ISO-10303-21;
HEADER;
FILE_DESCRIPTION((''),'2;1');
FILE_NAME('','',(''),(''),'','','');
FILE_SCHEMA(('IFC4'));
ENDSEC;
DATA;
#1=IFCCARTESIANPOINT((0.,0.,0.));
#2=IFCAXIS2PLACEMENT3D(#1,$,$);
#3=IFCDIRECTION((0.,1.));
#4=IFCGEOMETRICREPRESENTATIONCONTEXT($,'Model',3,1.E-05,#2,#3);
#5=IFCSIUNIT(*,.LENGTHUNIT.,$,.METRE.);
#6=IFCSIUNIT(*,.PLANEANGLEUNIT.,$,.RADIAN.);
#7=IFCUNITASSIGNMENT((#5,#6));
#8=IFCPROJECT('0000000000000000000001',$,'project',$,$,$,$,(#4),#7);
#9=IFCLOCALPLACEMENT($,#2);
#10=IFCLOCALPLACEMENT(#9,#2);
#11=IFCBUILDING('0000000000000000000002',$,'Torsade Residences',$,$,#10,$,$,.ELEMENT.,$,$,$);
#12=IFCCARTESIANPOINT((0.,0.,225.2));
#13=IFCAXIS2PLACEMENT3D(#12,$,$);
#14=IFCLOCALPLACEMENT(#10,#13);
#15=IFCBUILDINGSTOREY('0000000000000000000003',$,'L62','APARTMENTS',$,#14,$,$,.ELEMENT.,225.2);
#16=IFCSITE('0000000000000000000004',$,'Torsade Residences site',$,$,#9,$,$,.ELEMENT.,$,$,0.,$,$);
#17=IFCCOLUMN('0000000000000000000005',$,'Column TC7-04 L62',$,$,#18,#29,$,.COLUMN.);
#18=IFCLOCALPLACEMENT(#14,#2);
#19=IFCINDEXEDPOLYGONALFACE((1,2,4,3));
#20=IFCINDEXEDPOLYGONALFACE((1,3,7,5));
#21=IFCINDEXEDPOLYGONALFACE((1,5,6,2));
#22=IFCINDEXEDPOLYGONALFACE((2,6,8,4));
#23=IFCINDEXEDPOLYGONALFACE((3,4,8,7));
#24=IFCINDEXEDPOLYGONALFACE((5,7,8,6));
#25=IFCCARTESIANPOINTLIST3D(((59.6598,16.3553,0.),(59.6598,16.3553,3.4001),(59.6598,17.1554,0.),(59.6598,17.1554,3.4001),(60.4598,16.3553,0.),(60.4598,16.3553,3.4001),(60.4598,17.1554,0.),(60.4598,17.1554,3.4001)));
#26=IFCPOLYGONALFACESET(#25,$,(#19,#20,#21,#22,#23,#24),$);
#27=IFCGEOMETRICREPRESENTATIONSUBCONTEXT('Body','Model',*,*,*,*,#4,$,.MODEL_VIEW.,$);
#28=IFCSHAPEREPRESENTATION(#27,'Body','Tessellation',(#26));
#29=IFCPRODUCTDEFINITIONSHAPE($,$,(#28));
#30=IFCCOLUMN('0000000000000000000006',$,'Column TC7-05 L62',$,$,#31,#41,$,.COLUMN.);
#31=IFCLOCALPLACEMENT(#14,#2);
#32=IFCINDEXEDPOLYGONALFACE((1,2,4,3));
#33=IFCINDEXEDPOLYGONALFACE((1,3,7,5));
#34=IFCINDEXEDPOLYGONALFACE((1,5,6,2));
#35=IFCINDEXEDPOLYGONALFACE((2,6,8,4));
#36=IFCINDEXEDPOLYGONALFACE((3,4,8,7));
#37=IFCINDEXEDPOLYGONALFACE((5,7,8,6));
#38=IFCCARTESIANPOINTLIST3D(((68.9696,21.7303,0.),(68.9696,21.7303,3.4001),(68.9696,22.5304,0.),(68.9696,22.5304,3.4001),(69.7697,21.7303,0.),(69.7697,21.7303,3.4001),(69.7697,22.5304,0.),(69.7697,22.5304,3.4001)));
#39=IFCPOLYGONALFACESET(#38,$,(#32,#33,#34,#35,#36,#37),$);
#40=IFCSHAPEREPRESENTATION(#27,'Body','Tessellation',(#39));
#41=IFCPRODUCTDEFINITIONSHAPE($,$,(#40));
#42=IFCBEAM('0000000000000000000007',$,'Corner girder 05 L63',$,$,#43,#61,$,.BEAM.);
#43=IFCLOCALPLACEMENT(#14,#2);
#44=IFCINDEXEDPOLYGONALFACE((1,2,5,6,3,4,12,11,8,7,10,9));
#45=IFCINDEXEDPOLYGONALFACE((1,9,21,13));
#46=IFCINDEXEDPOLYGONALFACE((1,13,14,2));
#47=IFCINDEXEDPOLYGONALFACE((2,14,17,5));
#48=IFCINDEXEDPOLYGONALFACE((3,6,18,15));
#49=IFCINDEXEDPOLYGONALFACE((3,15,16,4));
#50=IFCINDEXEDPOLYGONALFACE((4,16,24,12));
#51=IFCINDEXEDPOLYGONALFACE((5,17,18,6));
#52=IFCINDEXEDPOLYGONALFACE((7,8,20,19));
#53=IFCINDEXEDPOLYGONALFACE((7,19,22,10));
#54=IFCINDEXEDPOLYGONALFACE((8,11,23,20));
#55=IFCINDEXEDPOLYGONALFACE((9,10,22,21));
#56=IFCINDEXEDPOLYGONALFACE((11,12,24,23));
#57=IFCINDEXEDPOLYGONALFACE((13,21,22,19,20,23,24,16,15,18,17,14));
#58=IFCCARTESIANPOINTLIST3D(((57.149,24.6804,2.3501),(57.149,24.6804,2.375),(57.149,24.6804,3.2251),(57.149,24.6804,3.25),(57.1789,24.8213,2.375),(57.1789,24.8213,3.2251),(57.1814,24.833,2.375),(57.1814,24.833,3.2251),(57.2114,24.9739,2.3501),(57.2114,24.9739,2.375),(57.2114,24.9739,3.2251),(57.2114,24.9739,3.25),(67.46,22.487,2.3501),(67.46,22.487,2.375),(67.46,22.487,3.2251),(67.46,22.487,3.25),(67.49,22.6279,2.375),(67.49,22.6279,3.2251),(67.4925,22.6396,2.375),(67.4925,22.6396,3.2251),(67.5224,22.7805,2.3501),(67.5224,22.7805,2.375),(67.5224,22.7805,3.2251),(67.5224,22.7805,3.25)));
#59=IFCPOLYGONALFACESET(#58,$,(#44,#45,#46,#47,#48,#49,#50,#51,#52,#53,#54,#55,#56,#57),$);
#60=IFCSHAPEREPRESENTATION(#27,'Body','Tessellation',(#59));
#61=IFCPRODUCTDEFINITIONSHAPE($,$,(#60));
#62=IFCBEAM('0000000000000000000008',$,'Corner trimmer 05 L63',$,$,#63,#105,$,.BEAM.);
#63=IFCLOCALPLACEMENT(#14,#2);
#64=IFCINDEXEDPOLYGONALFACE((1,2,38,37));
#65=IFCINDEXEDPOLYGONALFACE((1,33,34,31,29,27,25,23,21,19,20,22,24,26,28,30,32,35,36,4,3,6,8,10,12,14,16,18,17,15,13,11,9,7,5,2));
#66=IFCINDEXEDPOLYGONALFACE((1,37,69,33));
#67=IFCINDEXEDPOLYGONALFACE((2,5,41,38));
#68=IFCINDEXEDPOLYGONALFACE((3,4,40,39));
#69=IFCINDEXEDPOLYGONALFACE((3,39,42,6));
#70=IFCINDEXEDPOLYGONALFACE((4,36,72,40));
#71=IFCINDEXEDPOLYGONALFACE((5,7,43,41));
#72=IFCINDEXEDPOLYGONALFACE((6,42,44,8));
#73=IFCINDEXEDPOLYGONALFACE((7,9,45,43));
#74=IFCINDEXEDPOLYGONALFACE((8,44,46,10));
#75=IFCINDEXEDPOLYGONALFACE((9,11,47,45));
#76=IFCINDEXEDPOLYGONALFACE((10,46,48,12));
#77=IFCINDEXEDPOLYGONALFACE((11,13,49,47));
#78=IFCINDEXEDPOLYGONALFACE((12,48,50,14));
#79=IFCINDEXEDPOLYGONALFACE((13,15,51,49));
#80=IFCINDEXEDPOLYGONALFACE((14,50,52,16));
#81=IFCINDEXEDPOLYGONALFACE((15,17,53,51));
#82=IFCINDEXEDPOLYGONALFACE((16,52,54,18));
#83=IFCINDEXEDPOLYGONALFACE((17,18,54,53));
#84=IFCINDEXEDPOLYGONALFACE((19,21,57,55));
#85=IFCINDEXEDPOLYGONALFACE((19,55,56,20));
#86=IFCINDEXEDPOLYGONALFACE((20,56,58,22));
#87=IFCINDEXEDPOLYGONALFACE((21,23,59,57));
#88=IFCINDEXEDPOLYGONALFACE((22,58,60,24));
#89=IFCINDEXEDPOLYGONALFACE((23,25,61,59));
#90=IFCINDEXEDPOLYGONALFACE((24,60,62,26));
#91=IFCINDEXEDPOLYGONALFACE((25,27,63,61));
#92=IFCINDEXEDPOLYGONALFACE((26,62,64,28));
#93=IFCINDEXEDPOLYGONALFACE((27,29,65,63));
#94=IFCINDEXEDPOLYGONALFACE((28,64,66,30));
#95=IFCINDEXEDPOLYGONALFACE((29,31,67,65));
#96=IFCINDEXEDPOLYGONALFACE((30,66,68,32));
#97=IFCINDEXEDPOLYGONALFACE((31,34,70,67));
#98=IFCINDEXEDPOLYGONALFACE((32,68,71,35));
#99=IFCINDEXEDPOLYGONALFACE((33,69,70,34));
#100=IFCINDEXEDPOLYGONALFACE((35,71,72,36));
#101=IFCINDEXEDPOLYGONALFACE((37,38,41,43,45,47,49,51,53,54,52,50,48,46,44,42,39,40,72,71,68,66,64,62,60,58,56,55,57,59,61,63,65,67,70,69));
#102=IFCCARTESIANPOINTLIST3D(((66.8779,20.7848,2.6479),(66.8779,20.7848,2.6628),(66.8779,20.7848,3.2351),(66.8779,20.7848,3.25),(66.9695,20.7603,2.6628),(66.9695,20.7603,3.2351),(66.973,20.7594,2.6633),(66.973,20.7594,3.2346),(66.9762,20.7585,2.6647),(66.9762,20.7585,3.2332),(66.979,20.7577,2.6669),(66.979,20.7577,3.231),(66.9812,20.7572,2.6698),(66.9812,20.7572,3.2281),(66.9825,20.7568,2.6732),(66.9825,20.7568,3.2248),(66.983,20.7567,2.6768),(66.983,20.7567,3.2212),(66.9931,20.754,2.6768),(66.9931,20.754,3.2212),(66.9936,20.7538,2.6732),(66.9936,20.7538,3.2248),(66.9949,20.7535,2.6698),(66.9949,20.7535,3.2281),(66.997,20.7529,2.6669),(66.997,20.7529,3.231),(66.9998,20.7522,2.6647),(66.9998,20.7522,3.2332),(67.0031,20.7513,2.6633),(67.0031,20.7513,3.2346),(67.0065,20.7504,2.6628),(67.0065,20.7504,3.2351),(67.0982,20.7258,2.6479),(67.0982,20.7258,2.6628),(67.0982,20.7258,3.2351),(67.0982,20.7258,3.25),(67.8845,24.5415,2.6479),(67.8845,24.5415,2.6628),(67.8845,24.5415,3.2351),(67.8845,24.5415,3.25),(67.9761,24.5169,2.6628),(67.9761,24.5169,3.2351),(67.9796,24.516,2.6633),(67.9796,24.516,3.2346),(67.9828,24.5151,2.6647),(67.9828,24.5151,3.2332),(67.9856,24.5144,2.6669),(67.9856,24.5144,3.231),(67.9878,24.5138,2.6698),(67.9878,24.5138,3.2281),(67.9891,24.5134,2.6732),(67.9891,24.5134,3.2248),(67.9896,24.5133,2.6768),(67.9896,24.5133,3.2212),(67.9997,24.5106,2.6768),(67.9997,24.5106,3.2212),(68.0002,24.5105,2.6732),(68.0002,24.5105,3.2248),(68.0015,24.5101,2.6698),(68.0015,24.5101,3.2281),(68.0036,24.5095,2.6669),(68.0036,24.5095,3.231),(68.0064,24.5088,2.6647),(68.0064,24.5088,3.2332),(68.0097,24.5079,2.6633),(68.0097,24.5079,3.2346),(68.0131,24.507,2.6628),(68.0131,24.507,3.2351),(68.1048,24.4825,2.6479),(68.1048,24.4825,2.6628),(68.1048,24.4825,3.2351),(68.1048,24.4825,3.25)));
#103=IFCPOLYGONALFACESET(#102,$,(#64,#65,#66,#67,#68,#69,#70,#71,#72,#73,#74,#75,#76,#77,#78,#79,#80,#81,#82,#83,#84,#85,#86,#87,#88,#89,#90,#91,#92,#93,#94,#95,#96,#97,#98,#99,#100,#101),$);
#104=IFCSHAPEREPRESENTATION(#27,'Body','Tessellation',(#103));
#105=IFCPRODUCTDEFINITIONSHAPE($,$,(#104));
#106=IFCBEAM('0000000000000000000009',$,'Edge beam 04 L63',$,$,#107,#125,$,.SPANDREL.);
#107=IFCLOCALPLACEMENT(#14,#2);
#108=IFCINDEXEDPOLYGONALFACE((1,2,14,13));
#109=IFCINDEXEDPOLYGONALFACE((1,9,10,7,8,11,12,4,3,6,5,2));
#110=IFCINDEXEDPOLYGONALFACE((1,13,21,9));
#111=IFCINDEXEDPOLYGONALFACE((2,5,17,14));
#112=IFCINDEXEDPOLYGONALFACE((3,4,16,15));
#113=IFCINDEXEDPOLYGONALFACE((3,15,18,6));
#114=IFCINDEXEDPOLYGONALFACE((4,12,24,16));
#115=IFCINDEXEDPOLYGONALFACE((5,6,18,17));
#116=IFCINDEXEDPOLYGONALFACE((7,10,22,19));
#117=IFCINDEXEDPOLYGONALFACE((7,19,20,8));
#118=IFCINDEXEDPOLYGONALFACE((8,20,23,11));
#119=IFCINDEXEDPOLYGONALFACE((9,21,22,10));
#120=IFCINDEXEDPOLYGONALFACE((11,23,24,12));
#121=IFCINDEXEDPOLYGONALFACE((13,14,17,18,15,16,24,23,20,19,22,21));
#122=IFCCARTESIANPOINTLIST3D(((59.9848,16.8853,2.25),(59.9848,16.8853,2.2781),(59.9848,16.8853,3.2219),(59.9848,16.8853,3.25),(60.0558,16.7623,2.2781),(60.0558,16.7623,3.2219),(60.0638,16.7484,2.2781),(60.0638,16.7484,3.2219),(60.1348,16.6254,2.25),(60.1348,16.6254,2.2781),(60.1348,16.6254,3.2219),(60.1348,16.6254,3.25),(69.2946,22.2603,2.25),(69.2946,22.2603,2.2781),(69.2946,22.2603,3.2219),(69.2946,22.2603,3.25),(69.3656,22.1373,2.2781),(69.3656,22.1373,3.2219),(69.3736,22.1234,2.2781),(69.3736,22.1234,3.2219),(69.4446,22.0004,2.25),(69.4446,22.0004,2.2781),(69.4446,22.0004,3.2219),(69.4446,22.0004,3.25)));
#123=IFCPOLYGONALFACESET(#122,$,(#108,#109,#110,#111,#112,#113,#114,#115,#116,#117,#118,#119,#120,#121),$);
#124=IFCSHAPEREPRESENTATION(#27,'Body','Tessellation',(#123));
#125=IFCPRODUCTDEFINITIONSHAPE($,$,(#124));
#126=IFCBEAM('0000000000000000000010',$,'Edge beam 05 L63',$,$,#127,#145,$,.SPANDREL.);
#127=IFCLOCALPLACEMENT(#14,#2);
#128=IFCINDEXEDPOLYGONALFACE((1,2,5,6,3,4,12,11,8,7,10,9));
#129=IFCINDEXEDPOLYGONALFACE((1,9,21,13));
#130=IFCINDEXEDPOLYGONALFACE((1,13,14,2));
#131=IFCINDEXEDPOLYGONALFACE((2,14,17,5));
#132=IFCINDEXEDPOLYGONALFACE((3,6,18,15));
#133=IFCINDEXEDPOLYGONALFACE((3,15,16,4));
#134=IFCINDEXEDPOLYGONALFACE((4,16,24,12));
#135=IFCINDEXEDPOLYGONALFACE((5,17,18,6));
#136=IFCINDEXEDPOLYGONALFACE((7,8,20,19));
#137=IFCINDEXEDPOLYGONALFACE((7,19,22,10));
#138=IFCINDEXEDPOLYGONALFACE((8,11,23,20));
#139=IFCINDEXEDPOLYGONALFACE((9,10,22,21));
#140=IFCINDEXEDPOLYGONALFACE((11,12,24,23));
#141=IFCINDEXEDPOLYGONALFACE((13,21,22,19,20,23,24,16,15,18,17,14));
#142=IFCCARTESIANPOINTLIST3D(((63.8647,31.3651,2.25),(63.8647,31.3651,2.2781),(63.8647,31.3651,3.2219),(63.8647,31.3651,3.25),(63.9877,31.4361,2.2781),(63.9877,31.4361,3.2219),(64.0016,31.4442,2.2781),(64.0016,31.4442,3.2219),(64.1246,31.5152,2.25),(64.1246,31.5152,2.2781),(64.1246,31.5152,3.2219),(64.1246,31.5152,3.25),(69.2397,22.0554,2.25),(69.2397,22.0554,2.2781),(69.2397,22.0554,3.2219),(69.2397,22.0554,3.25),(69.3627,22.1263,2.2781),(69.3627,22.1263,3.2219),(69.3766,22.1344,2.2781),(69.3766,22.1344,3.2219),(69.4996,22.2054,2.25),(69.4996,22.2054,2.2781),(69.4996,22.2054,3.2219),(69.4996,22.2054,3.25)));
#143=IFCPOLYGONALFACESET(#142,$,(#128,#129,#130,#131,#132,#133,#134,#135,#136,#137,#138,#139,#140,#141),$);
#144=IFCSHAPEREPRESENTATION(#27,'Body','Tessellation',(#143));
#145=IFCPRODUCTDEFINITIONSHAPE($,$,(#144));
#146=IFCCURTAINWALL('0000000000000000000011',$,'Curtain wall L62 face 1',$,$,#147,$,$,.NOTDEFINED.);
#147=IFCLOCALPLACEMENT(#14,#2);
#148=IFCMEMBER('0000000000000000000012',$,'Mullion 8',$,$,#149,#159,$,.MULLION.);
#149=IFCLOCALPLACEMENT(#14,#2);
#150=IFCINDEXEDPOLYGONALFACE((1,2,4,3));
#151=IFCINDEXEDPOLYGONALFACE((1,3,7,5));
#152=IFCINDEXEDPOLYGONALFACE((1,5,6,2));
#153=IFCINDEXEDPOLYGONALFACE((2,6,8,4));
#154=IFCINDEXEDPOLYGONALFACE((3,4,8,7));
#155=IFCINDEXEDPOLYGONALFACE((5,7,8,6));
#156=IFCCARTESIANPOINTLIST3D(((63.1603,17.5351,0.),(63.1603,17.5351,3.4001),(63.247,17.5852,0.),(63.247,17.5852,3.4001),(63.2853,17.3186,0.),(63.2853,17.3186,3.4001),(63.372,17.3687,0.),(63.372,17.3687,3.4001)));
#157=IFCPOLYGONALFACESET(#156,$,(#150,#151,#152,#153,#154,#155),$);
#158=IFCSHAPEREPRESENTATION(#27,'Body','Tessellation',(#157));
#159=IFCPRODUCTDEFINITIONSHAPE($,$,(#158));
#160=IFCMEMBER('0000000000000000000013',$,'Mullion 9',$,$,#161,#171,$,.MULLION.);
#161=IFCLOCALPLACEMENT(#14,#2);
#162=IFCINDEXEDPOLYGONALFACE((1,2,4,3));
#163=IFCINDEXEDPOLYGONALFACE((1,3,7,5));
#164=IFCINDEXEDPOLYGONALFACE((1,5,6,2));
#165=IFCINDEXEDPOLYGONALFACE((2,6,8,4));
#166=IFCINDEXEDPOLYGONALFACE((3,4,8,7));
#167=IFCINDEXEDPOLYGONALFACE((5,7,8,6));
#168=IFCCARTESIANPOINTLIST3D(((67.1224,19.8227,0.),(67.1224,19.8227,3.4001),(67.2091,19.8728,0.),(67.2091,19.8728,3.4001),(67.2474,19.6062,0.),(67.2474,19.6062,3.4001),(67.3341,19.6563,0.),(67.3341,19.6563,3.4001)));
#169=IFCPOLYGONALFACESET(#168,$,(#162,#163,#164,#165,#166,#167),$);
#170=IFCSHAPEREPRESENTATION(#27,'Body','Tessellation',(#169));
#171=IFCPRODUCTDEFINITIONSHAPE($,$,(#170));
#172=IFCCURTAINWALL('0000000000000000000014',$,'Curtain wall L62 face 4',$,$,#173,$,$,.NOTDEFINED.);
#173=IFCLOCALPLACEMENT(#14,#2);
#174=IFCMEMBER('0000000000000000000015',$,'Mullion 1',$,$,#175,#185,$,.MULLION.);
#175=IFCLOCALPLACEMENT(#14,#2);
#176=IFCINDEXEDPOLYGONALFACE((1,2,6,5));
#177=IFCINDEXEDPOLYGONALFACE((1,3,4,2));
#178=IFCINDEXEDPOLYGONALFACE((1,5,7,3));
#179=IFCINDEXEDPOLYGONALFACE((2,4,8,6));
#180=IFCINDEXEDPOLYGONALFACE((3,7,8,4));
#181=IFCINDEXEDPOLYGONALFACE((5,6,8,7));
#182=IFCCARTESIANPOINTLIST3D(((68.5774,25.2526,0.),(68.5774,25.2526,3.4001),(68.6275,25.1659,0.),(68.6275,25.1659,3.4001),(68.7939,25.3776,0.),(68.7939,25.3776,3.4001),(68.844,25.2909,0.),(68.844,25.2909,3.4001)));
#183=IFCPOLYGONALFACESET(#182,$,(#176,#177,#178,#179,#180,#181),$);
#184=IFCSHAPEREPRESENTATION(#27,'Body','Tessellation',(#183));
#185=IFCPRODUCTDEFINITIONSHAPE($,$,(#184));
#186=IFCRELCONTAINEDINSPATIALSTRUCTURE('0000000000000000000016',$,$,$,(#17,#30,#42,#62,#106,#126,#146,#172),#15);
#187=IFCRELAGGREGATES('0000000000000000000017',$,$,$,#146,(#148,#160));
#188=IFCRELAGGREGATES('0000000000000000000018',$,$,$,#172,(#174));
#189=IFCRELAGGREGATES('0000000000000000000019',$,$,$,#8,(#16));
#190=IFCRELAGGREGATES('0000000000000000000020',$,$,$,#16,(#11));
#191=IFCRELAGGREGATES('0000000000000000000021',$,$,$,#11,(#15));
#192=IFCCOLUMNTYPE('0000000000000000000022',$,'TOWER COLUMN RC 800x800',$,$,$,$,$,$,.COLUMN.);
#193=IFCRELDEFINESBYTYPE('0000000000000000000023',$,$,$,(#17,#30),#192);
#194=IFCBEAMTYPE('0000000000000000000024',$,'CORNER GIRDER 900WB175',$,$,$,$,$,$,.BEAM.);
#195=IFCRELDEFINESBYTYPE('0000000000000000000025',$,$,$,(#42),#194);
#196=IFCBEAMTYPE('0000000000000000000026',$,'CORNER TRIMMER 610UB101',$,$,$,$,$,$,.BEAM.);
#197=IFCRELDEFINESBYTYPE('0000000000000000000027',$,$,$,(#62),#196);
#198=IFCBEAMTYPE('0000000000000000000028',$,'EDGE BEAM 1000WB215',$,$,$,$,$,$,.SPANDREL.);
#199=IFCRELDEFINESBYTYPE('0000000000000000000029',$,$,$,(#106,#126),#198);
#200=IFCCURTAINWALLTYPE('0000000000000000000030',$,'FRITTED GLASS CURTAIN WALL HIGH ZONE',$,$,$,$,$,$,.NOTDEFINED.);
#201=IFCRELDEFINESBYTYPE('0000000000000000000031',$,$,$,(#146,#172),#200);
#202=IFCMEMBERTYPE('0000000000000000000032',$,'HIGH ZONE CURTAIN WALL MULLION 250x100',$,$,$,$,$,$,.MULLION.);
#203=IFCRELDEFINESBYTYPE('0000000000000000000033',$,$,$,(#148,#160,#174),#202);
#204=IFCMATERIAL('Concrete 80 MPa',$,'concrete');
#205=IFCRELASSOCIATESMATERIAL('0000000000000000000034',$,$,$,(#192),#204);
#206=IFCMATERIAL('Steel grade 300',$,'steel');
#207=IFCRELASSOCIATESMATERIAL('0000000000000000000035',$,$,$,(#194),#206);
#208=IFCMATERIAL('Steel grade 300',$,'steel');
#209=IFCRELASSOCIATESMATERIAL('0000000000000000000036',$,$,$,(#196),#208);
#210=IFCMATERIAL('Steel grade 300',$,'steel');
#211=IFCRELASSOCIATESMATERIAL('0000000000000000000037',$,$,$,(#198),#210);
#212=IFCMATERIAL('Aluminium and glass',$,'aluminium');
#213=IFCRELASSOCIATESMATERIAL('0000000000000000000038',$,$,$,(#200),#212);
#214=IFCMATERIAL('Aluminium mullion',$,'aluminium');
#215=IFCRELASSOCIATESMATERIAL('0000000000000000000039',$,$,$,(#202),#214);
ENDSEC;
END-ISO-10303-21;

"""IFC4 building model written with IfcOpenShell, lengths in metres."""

from ifc_helpers import new_model, si_unit, direction, frame, origin, origin_2d, place, context, subcontext, project, spatial, rectangle, i_section, extrude, material, material_profile, profile_set, type_object, element, aggregate, save


model = new_model("IFC4")

# Units and contexts
model_context = context("Model", 3, precision=1e-05, world=origin(), true_north=direction((0.0, 1.0)))
body_context = subcontext(model_context, "Body", "Model", "MODEL_VIEW")
ifc_project = project(units=[si_unit("LENGTHUNIT", "METRE"), si_unit("PLANEANGLEUNIT", "RADIAN")], contexts=[model_context])

# Site, building, storey
site_placement = place(None, origin())
site = spatial("IfcSite", under=ifc_project, at=site_placement, Name="Torsade Residences site", CompositionType="ELEMENT", RefElevation=0.0)
building_placement = place(site_placement, origin())
building = spatial("IfcBuilding", under=site, at=building_placement, Name="Torsade Residences", CompositionType="ELEMENT")
storey_placement = place(building_placement, frame((0.0, 0.0, 225.2)))
storey = spatial("IfcBuildingStorey", under=building, at=storey_placement, Name="L62", Description="APARTMENTS", CompositionType="ELEMENT", Elevation=225.2)

# Columns
ifc_material_1 = material(Name="Concrete 80 MPa", Category="concrete")
ifc_material_profile_1 = material_profile(ifc_material_1, rectangle(XDim=0.8, YDim=0.8, at=origin_2d()), Name="RC 800x800")
ifc_profile_set_1 = profile_set([ifc_material_profile_1], Name="Concrete 80 MPa")
column_type = type_object("IfcColumnType", Name="TOWER COLUMN RC 800x800", PredefinedType="COLUMN", material=ifc_profile_set_1)
for number, where, z_axis, x_axis, name in (
    (1, (60.0598, 16.7554, 0.0), (0.0, 0.0, 1.0), (1.0, 0.0, 0.0), "Column TC7-04 L62"),
    (2, (69.3696, 22.1304, 0.0), (0.0, 0.0, 1.0), (1.0, 0.0, 0.0), "Column TC7-05 L62"),
):
    element("IfcColumn", number, at=place(storey_placement, frame(where, z_axis=z_axis, x_axis=x_axis)), inside=storey, type_object=column_type, Name=name, PredefinedType="COLUMN", context=body_context, shape_type="SweptSolid", body=[
        extrude(rectangle(XDim=0.8, YDim=0.8, at=origin_2d()), origin(), (0.0, 0.0, 1.0), 3.4001),
    ])

# Beams
ifc_material_2 = material(Name="Steel grade 300", Category="steel")
ifc_material_profile_2 = material_profile(ifc_material_2, i_section(OverallWidth=0.3, OverallDepth=0.8999, WebThickness=0.012, FlangeThickness=0.0249, at=origin_2d()), Name="900WB175")
ifc_profile_set_2 = profile_set([ifc_material_profile_2], Name="Steel grade 300")
beam_type_1 = type_object("IfcBeamType", Name="CORNER GIRDER 900WB175", PredefinedType="BEAM", material=ifc_profile_set_2)
beam_1_placement = place(storey_placement, frame((67.4912, 22.6338, 2.8), z_axis=(-0.978115, 0.208064, 0.0), x_axis=(-0.208064, -0.978115, 0.0)))
element("IfcBeam", 3, at=beam_1_placement, inside=storey, type_object=beam_type_1, Name="Corner girder 05 L63", PredefinedType="BEAM", context=body_context, shape_type="SweptSolid", body=[
    extrude(i_section(OverallWidth=0.3, OverallDepth=0.8999, WebThickness=0.012, FlangeThickness=0.0249, at=origin_2d()), origin(), (0.0, 0.0, 1.0), 10.5417),
])
ifc_material_3 = material(Name="Steel grade 300", Category="steel")
ifc_material_profile_3 = material_profile(ifc_material_3, i_section(OverallWidth=0.228, OverallDepth=0.6021, WebThickness=0.0105, FlangeThickness=0.0149, FilletRadius=0.0139, at=origin_2d()), Name="610UB101")
ifc_profile_set_3 = profile_set([ifc_material_profile_3], Name="Steel grade 300")
beam_type_2 = type_object("IfcBeamType", Name="CORNER TRIMMER 610UB101", PredefinedType="BEAM", material=ifc_profile_set_3)
beam_2_placement = place(storey_placement, frame((67.9946, 24.512, 2.949), z_axis=(-0.258823, -0.965925, 0.0), x_axis=(0.965925, -0.258823, 0.0)))
element("IfcBeam", 4, at=beam_2_placement, inside=storey, type_object=beam_type_2, Name="Corner trimmer 05 L63", PredefinedType="BEAM", context=body_context, shape_type="SweptSolid", body=[
    extrude(i_section(OverallWidth=0.228, OverallDepth=0.6021, WebThickness=0.0105, FlangeThickness=0.0149, FilletRadius=0.0139, at=origin_2d()), origin(), (0.0, 0.0, 1.0), 3.8892),
])
ifc_material_4 = material(Name="Steel grade 300", Category="steel")
ifc_material_profile_4 = material_profile(ifc_material_4, i_section(OverallWidth=0.3, OverallDepth=1.0, WebThickness=0.0161, FlangeThickness=0.0281, at=origin_2d()), Name="1000WB215")
ifc_profile_set_4 = profile_set([ifc_material_profile_4], Name="Steel grade 300")
beam_type_3 = type_object("IfcBeamType", Name="EDGE BEAM 1000WB215", PredefinedType="SPANDREL", material=ifc_profile_set_4)
for number, where, z_axis, x_axis, name in (
    (5, (60.0598, 16.7554, 2.75), (0.866026, 0.499998, 0.0), (-0.499998, 0.866026, 0.0), "Edge beam 04 L63"),
    (6, (69.3696, 22.1304, 2.75), (-0.499998, 0.866026, 0.0), (-0.866026, -0.499998, 0.0), "Edge beam 05 L63"),
):
    element("IfcBeam", number, at=place(storey_placement, frame(where, z_axis=z_axis, x_axis=x_axis)), inside=storey, type_object=beam_type_3, Name=name, PredefinedType="SPANDREL", context=body_context, shape_type="SweptSolid", body=[
        extrude(i_section(OverallWidth=0.3, OverallDepth=1.0, WebThickness=0.0161, FlangeThickness=0.0281, at=origin_2d()), origin(), (0.0, 0.0, 1.0), 10.75),
    ])

# Curtain wall, members
ifc_material_5 = material(Name="Aluminium and glass", Category="aluminium")
curtain_wall_type = type_object("IfcCurtainWallType", Name="FRITTED GLASS CURTAIN WALL HIGH ZONE", PredefinedType="NOTDEFINED", material=ifc_material_5)
curtain_wall_1_placement = place(storey_placement, origin())
curtain_wall_1 = element("IfcCurtainWall", 7, at=curtain_wall_1_placement, inside=storey, type_object=curtain_wall_type, Name="Curtain wall L62 face 1", PredefinedType="NOTDEFINED")
ifc_material_6 = material(Name="Aluminium mullion", Category="aluminium")
ifc_material_profile_5 = material_profile(ifc_material_6, rectangle(XDim=0.25, YDim=0.1001, at=origin_2d()), Name="HIGH ZONE CURTAIN WALL MULLION 250x100")
ifc_profile_set_5 = profile_set([ifc_material_profile_5], Name="Aluminium mullion")
member_type_1 = type_object("IfcMemberType", Name="HIGH ZONE CURTAIN WALL MULLION 250x100", PredefinedType="MULLION", material=ifc_profile_set_5)
member_1_placement = place(storey_placement, frame((63.2661, 17.4519, 0.0), z_axis=(0.0, 0.0, 1.0), x_axis=(-0.5, 0.866025, 0.0)))
member_1 = element("IfcMember", 8, at=member_1_placement, type_object=member_type_1, Name="Mullion 8", PredefinedType="MULLION", context=body_context, shape_type="SweptSolid", body=[
    extrude(rectangle(XDim=0.25, YDim=0.1001, at=origin_2d()), origin(), (0.0, 0.0, 1.0), 3.4001),
])
member_2_placement = place(storey_placement, frame((67.2283, 19.7395, 0.0), z_axis=(0.0, 0.0, 1.0), x_axis=(-0.5, 0.866025, 0.0)))
member_2 = element("IfcMember", 9, at=member_2_placement, type_object=member_type_1, Name="Mullion 9", PredefinedType="MULLION", context=body_context, shape_type="SweptSolid", body=[
    extrude(rectangle(XDim=0.25, YDim=0.1001, at=origin_2d()), origin(), (0.0, 0.0, 1.0), 3.4001),
])

# Curtain wall, member
curtain_wall_2_placement = place(storey_placement, origin())
curtain_wall_2 = element("IfcCurtainWall", 10, at=curtain_wall_2_placement, inside=storey, type_object=curtain_wall_type, Name="Curtain wall L62 face 4", PredefinedType="NOTDEFINED")
member_3_placement = place(storey_placement, frame((68.7107, 25.2717, 0.0), z_axis=(0.0, 0.0, 1.0), x_axis=(-0.866025, -0.5, 0.0)))
member_3 = element("IfcMember", 11, at=member_3_placement, type_object=member_type_1, Name="Mullion 1", PredefinedType="MULLION", context=body_context, shape_type="SweptSolid", body=[
    extrude(rectangle(XDim=0.25, YDim=0.1001, at=origin_2d()), origin(), (0.0, 0.0, 1.0), 3.4001),
])

aggregate(curtain_wall_1, [member_1, member_2])
aggregate(curtain_wall_2, [member_3])

save(model, "model.ifc")
